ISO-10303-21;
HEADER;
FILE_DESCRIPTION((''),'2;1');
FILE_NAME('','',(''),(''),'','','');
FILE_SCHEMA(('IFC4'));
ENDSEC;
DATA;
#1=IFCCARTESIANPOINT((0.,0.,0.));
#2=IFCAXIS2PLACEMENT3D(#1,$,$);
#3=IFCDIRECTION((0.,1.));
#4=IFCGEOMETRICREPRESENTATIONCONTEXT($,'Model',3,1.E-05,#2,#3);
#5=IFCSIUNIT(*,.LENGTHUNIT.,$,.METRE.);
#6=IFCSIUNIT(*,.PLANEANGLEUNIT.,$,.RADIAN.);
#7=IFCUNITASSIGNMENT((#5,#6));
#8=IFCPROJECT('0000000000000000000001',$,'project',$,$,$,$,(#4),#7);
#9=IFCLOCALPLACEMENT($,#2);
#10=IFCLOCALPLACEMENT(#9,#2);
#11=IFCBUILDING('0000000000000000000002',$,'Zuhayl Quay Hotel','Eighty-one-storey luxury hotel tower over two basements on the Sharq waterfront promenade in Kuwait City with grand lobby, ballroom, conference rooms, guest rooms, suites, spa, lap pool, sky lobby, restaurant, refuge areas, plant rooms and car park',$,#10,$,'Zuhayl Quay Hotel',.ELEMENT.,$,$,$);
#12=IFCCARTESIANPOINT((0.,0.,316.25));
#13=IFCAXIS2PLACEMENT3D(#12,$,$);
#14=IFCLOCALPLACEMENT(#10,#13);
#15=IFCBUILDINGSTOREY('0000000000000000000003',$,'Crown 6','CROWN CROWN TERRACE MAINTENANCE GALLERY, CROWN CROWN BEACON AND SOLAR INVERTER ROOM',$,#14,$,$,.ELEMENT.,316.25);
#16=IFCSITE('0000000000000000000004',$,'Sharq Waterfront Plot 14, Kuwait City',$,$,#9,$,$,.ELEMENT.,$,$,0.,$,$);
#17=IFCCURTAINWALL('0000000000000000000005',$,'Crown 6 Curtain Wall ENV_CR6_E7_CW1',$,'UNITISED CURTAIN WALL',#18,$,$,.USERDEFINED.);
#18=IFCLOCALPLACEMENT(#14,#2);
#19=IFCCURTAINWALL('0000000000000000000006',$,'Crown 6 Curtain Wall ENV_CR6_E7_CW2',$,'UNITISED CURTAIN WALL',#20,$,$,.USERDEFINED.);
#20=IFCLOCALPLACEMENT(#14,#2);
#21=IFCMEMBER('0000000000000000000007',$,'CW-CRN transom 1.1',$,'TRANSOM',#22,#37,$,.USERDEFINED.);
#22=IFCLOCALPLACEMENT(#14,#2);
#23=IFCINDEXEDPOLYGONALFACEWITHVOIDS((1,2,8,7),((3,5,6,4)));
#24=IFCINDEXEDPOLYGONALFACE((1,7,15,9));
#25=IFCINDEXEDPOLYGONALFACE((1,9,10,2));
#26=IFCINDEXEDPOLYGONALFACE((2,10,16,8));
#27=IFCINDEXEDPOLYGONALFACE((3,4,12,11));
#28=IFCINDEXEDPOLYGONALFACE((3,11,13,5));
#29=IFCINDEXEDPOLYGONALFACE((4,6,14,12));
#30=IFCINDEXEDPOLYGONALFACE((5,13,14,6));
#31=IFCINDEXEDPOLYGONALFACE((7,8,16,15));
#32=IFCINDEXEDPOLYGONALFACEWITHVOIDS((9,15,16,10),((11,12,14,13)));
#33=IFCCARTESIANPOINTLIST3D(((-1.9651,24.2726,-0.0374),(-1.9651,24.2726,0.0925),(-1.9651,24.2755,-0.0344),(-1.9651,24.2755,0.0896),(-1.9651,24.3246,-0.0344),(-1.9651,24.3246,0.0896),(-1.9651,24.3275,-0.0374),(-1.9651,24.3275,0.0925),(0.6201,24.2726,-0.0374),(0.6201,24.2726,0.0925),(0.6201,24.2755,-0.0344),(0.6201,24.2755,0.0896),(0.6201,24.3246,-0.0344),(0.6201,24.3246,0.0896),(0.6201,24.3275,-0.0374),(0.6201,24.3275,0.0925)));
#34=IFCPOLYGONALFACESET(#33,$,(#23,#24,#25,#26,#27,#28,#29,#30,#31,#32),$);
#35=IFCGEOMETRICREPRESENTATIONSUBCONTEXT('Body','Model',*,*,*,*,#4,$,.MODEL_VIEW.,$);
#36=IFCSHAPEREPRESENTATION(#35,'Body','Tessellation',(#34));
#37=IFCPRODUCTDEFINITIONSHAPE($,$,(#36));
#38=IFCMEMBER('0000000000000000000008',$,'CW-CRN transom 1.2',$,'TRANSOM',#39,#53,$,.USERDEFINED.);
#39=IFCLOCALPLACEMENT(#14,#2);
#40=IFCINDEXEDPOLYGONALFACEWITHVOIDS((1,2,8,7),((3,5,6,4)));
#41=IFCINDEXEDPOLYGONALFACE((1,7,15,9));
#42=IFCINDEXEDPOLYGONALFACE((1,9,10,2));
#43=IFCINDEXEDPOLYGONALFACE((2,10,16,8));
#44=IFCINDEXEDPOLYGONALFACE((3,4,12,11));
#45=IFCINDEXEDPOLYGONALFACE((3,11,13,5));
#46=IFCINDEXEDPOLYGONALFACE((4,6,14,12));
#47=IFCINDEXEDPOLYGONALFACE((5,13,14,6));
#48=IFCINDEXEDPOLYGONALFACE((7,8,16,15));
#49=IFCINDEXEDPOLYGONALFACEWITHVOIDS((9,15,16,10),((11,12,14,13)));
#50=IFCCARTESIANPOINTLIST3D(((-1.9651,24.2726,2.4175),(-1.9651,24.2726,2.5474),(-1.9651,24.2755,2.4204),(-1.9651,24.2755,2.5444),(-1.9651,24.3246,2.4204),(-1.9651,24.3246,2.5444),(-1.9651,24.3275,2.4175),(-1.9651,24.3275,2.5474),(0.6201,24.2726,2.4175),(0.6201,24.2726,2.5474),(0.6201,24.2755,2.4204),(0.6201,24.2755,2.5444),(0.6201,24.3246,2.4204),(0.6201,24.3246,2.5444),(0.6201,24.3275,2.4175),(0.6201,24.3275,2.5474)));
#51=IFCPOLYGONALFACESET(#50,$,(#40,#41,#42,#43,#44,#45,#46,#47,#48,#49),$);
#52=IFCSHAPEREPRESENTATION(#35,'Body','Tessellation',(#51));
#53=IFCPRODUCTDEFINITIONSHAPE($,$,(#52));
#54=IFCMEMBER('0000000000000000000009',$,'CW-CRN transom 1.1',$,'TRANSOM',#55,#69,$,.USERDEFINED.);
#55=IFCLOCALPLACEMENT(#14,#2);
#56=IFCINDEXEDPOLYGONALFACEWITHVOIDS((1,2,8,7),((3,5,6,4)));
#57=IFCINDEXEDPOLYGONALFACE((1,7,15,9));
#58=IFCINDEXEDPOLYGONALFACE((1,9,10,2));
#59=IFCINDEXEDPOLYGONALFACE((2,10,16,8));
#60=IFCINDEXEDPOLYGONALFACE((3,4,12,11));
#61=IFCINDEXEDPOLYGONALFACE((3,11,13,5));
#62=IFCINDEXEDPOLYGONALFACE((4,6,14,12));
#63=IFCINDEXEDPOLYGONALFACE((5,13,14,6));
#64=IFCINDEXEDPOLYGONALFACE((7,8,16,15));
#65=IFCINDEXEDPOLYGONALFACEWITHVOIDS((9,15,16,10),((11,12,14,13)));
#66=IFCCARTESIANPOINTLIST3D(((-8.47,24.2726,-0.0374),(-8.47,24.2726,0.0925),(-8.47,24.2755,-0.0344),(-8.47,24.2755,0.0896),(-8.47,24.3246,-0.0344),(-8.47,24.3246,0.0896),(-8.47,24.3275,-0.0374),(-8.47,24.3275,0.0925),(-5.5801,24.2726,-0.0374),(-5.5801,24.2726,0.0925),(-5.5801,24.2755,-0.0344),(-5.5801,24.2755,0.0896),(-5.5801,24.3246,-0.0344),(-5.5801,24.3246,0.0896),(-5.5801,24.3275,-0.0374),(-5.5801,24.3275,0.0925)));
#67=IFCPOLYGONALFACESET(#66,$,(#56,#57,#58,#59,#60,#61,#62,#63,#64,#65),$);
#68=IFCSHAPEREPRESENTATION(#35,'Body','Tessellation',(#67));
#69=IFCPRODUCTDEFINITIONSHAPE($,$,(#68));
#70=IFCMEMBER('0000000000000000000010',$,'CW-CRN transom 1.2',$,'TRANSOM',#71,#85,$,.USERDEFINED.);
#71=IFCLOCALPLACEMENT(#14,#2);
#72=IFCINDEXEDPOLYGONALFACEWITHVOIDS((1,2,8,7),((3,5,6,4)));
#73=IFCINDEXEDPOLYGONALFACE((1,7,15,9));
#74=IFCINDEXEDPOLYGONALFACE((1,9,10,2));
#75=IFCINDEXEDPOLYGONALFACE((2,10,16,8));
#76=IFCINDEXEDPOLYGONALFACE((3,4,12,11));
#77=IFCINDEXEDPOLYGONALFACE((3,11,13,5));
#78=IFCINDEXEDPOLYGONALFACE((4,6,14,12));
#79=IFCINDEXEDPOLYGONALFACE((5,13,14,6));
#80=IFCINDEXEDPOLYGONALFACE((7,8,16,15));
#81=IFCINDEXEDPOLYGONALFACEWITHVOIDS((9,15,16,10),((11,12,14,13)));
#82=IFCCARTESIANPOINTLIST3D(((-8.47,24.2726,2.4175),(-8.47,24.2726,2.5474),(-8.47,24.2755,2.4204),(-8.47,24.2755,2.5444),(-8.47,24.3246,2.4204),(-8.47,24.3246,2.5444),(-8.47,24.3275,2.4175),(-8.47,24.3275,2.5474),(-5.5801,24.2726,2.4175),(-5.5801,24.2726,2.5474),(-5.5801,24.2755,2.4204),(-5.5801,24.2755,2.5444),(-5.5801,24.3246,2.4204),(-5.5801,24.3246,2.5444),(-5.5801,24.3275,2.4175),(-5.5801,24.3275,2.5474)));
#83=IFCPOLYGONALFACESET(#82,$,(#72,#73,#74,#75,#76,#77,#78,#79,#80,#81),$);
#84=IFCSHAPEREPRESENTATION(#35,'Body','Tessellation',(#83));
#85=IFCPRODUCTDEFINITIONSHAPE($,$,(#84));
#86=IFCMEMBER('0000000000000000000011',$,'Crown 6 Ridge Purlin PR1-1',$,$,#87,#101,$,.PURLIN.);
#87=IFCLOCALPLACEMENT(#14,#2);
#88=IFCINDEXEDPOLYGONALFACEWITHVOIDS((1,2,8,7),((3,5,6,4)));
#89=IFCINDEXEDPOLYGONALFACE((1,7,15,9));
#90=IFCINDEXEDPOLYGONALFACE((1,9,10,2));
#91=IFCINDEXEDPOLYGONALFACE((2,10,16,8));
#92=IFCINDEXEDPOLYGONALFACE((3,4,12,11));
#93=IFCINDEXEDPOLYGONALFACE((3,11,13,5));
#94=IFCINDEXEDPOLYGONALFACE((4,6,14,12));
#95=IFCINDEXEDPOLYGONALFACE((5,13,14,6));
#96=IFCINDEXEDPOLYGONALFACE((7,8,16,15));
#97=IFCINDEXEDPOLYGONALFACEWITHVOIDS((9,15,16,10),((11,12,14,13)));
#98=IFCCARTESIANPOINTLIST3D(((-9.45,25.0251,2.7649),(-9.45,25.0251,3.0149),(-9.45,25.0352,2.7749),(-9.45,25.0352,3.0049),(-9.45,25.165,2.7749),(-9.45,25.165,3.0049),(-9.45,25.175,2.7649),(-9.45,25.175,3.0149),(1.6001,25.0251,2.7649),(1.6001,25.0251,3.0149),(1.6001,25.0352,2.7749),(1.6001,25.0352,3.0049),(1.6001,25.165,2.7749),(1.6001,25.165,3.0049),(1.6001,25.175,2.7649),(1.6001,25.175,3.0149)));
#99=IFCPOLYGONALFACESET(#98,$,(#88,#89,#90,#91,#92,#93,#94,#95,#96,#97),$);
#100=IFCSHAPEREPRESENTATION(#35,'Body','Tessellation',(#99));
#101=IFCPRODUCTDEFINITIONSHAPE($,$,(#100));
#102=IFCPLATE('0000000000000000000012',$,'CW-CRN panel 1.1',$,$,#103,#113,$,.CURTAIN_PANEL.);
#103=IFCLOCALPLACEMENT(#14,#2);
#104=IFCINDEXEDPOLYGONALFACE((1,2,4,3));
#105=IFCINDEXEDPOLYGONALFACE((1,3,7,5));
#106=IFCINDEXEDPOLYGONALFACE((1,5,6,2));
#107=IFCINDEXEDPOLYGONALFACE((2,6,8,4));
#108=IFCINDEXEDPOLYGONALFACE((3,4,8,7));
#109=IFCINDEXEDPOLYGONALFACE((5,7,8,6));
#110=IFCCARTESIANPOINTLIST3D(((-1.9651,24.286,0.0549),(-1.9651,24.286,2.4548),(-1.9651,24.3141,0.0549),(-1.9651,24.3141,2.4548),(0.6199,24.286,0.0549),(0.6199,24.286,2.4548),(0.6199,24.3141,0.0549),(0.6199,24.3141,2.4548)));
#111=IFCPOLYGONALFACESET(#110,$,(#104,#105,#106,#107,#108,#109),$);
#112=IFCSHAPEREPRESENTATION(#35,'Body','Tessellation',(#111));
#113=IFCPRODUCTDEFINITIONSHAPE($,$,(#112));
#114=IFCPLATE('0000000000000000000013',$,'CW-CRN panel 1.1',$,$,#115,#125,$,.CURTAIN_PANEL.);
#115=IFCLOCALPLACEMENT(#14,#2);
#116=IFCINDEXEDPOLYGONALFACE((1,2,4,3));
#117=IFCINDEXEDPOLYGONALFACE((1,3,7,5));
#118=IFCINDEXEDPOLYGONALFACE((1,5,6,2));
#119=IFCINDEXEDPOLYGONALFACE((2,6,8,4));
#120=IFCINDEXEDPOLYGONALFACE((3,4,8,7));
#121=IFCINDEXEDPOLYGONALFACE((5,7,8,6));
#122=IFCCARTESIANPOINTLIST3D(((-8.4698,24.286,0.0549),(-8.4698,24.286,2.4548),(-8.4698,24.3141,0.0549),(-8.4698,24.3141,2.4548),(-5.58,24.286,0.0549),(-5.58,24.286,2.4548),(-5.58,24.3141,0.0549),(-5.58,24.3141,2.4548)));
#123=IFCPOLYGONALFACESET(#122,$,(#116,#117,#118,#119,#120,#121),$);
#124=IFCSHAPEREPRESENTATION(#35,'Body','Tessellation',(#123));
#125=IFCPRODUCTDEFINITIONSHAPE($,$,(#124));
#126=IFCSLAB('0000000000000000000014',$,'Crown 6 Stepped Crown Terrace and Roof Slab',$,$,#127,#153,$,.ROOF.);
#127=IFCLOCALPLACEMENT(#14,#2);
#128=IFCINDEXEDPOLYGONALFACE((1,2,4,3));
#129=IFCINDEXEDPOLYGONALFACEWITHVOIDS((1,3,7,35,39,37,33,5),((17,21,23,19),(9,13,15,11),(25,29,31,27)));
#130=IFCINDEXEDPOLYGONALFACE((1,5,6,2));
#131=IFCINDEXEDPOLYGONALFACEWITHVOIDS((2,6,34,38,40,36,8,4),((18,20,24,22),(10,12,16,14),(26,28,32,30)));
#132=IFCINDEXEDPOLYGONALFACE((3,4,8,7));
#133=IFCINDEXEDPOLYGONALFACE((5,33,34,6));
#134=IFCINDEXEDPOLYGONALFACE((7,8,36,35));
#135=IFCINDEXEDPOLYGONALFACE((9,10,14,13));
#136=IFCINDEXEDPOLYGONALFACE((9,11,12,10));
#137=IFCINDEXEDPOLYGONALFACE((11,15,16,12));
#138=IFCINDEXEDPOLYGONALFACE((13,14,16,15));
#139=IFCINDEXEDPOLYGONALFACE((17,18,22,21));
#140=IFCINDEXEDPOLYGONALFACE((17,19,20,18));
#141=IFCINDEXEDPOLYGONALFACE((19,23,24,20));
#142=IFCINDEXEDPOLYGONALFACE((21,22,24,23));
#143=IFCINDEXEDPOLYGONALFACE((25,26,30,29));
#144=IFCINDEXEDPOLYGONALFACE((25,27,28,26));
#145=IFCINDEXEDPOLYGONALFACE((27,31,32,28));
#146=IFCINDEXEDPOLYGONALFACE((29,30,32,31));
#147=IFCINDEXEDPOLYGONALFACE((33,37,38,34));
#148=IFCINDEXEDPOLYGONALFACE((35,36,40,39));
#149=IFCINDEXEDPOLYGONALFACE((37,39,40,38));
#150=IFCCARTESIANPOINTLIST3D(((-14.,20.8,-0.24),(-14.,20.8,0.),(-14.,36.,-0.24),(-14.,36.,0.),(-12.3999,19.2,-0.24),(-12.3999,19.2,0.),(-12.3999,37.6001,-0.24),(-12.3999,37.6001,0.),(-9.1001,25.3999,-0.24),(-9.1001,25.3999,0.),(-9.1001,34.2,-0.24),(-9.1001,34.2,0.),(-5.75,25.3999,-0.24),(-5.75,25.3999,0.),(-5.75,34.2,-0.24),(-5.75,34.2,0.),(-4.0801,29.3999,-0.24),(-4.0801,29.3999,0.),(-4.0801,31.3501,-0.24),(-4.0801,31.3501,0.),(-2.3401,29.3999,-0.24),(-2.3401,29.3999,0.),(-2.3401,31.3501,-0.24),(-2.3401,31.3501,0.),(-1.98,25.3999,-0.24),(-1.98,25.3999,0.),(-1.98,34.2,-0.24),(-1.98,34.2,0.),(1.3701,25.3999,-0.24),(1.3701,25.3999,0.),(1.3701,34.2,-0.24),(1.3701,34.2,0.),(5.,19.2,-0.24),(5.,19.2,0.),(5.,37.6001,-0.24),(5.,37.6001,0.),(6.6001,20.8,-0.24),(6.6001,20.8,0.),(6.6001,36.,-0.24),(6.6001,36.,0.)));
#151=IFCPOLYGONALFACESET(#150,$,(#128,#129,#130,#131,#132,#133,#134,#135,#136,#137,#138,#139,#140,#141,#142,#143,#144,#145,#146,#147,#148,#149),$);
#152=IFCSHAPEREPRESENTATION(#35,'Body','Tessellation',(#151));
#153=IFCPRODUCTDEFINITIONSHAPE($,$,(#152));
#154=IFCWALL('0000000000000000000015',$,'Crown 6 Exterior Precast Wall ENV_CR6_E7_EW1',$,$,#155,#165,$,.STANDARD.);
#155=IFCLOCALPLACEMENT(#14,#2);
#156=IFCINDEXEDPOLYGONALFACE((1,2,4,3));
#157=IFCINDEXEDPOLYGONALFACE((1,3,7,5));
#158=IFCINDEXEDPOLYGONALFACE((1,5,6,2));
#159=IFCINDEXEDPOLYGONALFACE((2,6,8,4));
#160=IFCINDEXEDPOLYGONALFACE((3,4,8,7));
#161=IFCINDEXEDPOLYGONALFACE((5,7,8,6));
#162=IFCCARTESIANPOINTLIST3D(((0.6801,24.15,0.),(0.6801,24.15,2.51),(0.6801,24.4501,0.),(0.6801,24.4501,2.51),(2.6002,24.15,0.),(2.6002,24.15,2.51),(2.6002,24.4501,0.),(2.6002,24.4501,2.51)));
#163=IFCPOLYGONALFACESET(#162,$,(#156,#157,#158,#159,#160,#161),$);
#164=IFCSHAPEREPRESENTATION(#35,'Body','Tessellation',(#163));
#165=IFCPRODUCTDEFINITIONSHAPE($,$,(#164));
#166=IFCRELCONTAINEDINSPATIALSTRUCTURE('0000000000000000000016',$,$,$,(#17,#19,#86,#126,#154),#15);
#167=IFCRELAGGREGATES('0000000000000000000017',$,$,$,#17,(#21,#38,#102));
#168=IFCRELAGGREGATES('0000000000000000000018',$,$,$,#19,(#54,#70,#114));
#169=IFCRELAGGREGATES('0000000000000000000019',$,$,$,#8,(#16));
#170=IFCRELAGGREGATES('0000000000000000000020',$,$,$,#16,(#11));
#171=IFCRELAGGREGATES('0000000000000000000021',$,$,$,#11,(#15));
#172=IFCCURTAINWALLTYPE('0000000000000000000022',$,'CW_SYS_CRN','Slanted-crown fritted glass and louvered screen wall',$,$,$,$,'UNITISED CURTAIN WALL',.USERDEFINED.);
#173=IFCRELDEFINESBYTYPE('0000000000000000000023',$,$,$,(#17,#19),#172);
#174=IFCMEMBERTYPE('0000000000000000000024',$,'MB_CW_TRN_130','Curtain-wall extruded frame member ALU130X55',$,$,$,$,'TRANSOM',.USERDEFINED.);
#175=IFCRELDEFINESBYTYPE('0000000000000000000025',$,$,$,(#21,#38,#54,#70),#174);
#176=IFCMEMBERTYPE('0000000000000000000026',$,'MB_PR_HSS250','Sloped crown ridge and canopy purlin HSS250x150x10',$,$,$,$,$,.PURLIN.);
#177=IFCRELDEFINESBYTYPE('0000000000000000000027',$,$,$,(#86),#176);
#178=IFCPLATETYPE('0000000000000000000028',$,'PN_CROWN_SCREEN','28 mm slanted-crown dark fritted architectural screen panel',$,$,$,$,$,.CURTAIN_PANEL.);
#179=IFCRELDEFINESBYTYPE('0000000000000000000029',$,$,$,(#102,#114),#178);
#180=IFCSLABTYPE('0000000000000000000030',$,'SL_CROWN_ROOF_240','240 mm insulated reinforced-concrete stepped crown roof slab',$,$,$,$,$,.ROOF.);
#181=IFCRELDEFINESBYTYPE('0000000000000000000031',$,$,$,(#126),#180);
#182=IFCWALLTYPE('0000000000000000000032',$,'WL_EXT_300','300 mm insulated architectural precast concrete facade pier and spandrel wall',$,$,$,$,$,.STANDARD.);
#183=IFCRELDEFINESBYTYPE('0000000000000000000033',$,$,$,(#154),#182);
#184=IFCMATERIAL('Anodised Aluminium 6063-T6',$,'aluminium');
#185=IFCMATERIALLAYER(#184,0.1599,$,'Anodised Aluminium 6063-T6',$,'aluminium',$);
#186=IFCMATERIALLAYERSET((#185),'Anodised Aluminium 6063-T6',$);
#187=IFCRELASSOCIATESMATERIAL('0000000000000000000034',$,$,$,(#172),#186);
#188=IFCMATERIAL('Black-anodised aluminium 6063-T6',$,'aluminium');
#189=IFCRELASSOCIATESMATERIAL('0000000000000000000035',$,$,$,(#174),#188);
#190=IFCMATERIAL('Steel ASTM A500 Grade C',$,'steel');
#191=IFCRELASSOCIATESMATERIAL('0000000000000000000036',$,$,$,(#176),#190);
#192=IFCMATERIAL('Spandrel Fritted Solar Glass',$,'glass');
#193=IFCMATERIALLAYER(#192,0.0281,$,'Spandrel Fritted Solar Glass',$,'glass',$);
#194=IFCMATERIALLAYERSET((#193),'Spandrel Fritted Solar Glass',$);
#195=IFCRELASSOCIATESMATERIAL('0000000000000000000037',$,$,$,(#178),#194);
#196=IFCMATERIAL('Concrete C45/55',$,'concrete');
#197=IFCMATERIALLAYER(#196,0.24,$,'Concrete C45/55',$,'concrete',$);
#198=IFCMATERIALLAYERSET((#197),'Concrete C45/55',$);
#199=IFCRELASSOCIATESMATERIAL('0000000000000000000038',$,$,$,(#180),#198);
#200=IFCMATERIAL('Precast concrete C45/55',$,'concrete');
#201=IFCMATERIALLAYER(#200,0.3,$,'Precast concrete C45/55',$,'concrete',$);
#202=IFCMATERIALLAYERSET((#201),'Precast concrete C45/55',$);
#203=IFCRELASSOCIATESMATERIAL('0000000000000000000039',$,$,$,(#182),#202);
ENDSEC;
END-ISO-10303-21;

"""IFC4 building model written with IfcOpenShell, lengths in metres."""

from ifc_helpers import new_model, si_unit, direction, frame, frame_2d, origin, origin_2d, place, context, subcontext, project, spatial, polyline, rectangle, hollow_rectangle, outline, extrude, material, layer, layer_set, material_profile, profile_set, type_object, element, aggregate, save


model = new_model("IFC4")

# Units and contexts
model_context = context("Model", 3, precision=1e-05, world=origin(), true_north=direction((0.0, 1.0)))
body_context = subcontext(model_context, "Body", "Model", "MODEL_VIEW")
ifc_project = project(units=[si_unit("LENGTHUNIT", "METRE"), si_unit("PLANEANGLEUNIT", "RADIAN")], contexts=[model_context])

# Site, building, storey
site_placement = place(None, origin())
site = spatial("IfcSite", under=ifc_project, at=site_placement, Name="Sharq Waterfront Plot 14, Kuwait City", CompositionType="ELEMENT", RefElevation=0.0)
building_placement = place(site_placement, origin())
building = spatial("IfcBuilding", under=site, at=building_placement, Name="Zuhayl Quay Hotel", Description="Eighty-one-storey luxury hotel tower over two basements on the Sharq waterfront promenade in Kuwait City with grand lobby, ballroom, conference rooms, guest rooms, suites, spa, lap pool, sky lobby, restaurant, refuge areas, plant rooms and car park", LongName="Zuhayl Quay Hotel", CompositionType="ELEMENT")
storey_placement = place(building_placement, frame((0.0, 0.0, 316.25)))
storey = spatial("IfcBuildingStorey", under=building, at=storey_placement, Name="Crown 6", Description="CROWN CROWN TERRACE MAINTENANCE GALLERY, CROWN CROWN BEACON AND SOLAR INVERTER ROOM", CompositionType="ELEMENT", Elevation=316.25)

# Curtain walls
ifc_material_1 = material(Name="Anodised Aluminium 6063-T6", Category="aluminium")
ifc_layer_1 = layer(ifc_material_1, 0.1599, Name="Anodised Aluminium 6063-T6", Category="aluminium")
ifc_layer_set_1 = layer_set([ifc_layer_1], Name="Anodised Aluminium 6063-T6")
curtain_wall_type = type_object("IfcCurtainWallType", Name="CW_SYS_CRN", Description="Slanted-crown fritted glass and louvered screen wall", ElementType="UNITISED CURTAIN WALL", PredefinedType="USERDEFINED", material=ifc_layer_set_1)
curtain_wall_1_placement = place(storey_placement, origin())
curtain_wall_1 = element("IfcCurtainWall", 1, at=curtain_wall_1_placement, inside=storey, type_object=curtain_wall_type, Name="Crown 6 Curtain Wall ENV_CR6_E7_CW1", ObjectType="UNITISED CURTAIN WALL", PredefinedType="USERDEFINED")
ifc_material_2 = material(Name="Black-anodised aluminium 6063-T6", Category="aluminium")
curtain_wall_2_placement = place(storey_placement, origin())
curtain_wall_2 = element("IfcCurtainWall", 2, at=curtain_wall_2_placement, inside=storey, type_object=curtain_wall_type, Name="Crown 6 Curtain Wall ENV_CR6_E7_CW2", ObjectType="UNITISED CURTAIN WALL", PredefinedType="USERDEFINED")

# Members
ifc_material_profile_1 = material_profile(ifc_material_2, hollow_rectangle(XDim=0.0549, YDim=0.1299, WallThickness=0.0029, at=origin_2d()), Name="ALU130X55")
ifc_profile_set_1 = profile_set([ifc_material_profile_1], Name="Black-anodised aluminium 6063-T6")
member_type_1 = type_object("IfcMemberType", Name="MB_CW_TRN_130", Description="Curtain-wall extruded frame member ALU130X55", ElementType="TRANSOM", PredefinedType="USERDEFINED", material=ifc_profile_set_1)
member_1_placement = place(storey_placement, frame((0.6201, 24.3, 0.0276), z_axis=(-1.0, 0.0, 0.0), x_axis=(0.0, -1.0, 0.0)))
member_1 = element("IfcMember", 3, at=member_1_placement, type_object=member_type_1, Name="CW-CRN transom 1.1", ObjectType="TRANSOM", PredefinedType="USERDEFINED", context=body_context, shape_type="SweptSolid", body=[
    extrude(hollow_rectangle(XDim=0.0549, YDim=0.1299, WallThickness=0.0029, at=origin_2d()), origin(), (0.0, 0.0, 1.0), 2.5852),
])
member_2_placement = place(storey_placement, frame((0.6201, 24.3, 2.4824), z_axis=(-1.0, 0.0, 0.0), x_axis=(0.0, -1.0, 0.0)))
member_2 = element("IfcMember", 4, at=member_2_placement, type_object=member_type_1, Name="CW-CRN transom 1.2", ObjectType="TRANSOM", PredefinedType="USERDEFINED", context=body_context, shape_type="SweptSolid", body=[
    extrude(hollow_rectangle(XDim=0.0549, YDim=0.1299, WallThickness=0.0029, at=origin_2d()), origin(), (0.0, 0.0, 1.0), 2.5852),
])
member_3_placement = place(storey_placement, frame((-5.5801, 24.3, 0.0276), z_axis=(-1.0, 0.0, 0.0), x_axis=(0.0, -1.0, 0.0)))
member_3 = element("IfcMember", 5, at=member_3_placement, type_object=member_type_1, Name="CW-CRN transom 1.1", ObjectType="TRANSOM", PredefinedType="USERDEFINED", context=body_context, shape_type="SweptSolid", body=[
    extrude(hollow_rectangle(XDim=0.0549, YDim=0.1299, WallThickness=0.0029, at=origin_2d()), origin(), (0.0, 0.0, 1.0), 2.8899),
])
member_4_placement = place(storey_placement, frame((-5.5801, 24.3, 2.4824), z_axis=(-1.0, 0.0, 0.0), x_axis=(0.0, -1.0, 0.0)))
member_4 = element("IfcMember", 6, at=member_4_placement, type_object=member_type_1, Name="CW-CRN transom 1.2", ObjectType="TRANSOM", PredefinedType="USERDEFINED", context=body_context, shape_type="SweptSolid", body=[
    extrude(hollow_rectangle(XDim=0.0549, YDim=0.1299, WallThickness=0.0029, at=origin_2d()), origin(), (0.0, 0.0, 1.0), 2.8899),
])
ifc_material_3 = material(Name="Steel ASTM A500 Grade C", Category="steel")
ifc_material_profile_2 = material_profile(ifc_material_3, hollow_rectangle(XDim=0.1499, YDim=0.25, WallThickness=0.01, at=origin_2d()), Name="HSS250X150X10")
ifc_profile_set_2 = profile_set([ifc_material_profile_2], Name="Steel ASTM A500 Grade C")
member_type_2 = type_object("IfcMemberType", Name="MB_PR_HSS250", Description="Sloped crown ridge and canopy purlin HSS250x150x10", PredefinedType="PURLIN", material=ifc_profile_set_2)
member_5_placement = place(storey_placement, frame((-9.45, 25.1001, 2.8899), z_axis=(1.0, 0.0, 0.0), x_axis=(0.0, 1.0, 0.0)))
element("IfcMember", 7, at=member_5_placement, inside=storey, type_object=member_type_2, Name="Crown 6 Ridge Purlin PR1-1", PredefinedType="PURLIN", context=body_context, shape_type="SweptSolid", body=[
    extrude(hollow_rectangle(XDim=0.1499, YDim=0.25, WallThickness=0.01, at=origin_2d()), origin(), (0.0, 0.0, 1.0), 11.05),
])

# Plates
ifc_material_4 = material(Name="Spandrel Fritted Solar Glass", Category="glass")
ifc_layer_2 = layer(ifc_material_4, 0.0281, Name="Spandrel Fritted Solar Glass", Category="glass")
ifc_layer_set_2 = layer_set([ifc_layer_2], Name="Spandrel Fritted Solar Glass")
plate_type = type_object("IfcPlateType", Name="PN_CROWN_SCREEN", Description="28 mm slanted-crown dark fritted architectural screen panel", PredefinedType="CURTAIN_PANEL", material=ifc_layer_set_2)
plate_1_placement = place(storey_placement, frame((-0.6726, 24.3, 0.0549), z_axis=(0.0, 0.0, 1.0), x_axis=(-1.0, 0.0, 0.0)))
plate_1 = element("IfcPlate", 8, at=plate_1_placement, type_object=plate_type, Name="CW-CRN panel 1.1", PredefinedType="CURTAIN_PANEL", context=body_context, shape_type="SweptSolid", body=[
    extrude(rectangle(XDim=2.585, YDim=0.0281, at=origin_2d()), origin(), (0.0, 0.0, 1.0), 2.3999),
])
aggregate(curtain_wall_1, [member_1, member_2, plate_1])
plate_2_placement = place(storey_placement, frame((-7.0249, 24.3, 0.0549), z_axis=(0.0, 0.0, 1.0), x_axis=(-1.0, 0.0, 0.0)))
plate_2 = element("IfcPlate", 9, at=plate_2_placement, type_object=plate_type, Name="CW-CRN panel 1.1", PredefinedType="CURTAIN_PANEL", context=body_context, shape_type="SweptSolid", body=[
    extrude(rectangle(XDim=2.8899, YDim=0.0281, at=origin_2d()), origin(), (0.0, 0.0, 1.0), 2.3999),
])
aggregate(curtain_wall_2, [member_3, member_4, plate_2])

# Slab
ifc_material_5 = material(Name="Concrete C45/55", Category="concrete")
ifc_layer_3 = layer(ifc_material_5, 0.24, Name="Concrete C45/55", Category="concrete")
ifc_layer_set_3 = layer_set([ifc_layer_3], Name="Concrete C45/55")
slab_type = type_object("IfcSlabType", Name="SL_CROWN_ROOF_240", Description="240 mm insulated reinforced-concrete stepped crown roof slab", PredefinedType="ROOF", material=ifc_layer_set_3)
slab_placement = place(storey_placement, frame((0.0, 0.0, -0.24)))
element("IfcSlab", 10, at=slab_placement, inside=storey, type_object=slab_type, Name="Crown 6 Stepped Crown Terrace and Roof Slab", PredefinedType="ROOF", context=body_context, shape_type="SweptSolid", body=[
    extrude(outline(polyline([(-12.3999, 19.2), (5.0, 19.2), (6.6001, 20.8), (6.6001, 36.0), (5.0, 37.6001), (-12.3999, 37.6001), (-14.0, 36.0), (-14.0, 20.8), (-12.3999, 19.2)]), holes=[polyline([(-5.75, 25.3999), (-5.75, 34.2), (-9.1001, 34.2), (-9.1001, 25.3999), (-5.75, 25.3999)]), polyline([(1.3701, 25.3999), (1.3701, 34.2), (-1.98, 34.2), (-1.98, 25.3999), (1.3701, 25.3999)]), polyline([(-4.0801, 29.3999), (-2.3401, 29.3999), (-2.3401, 31.3501), (-4.0801, 31.3501), (-4.0801, 29.3999)])]), origin(), (0.0, 0.0, 1.0), 0.24),
])

# Wall
ifc_material_6 = material(Name="Precast concrete C45/55", Category="concrete")
ifc_layer_4 = layer(ifc_material_6, 0.3, Name="Precast concrete C45/55", Category="concrete")
ifc_layer_set_4 = layer_set([ifc_layer_4], Name="Precast concrete C45/55")
wall_type_1 = type_object("IfcWallType", Name="WL_EXT_300", Description="300 mm insulated architectural precast concrete facade pier and spandrel wall", PredefinedType="STANDARD", material=ifc_layer_set_4)
wall_1_placement = place(storey_placement, frame((2.6001, 24.3, 0.0), z_axis=(0.0, 0.0, 1.0), x_axis=(-1.0, 0.0, 0.0)))
element("IfcWall", 11, at=wall_1_placement, inside=storey, type_object=wall_type_1, Name="Crown 6 Exterior Precast Wall ENV_CR6_E7_EW1", PredefinedType="STANDARD", context=body_context, shape_type="SweptSolid", body=[
    extrude(rectangle(XDim=1.9202, YDim=0.3, at=frame_2d((0.96, 0.0))), origin(), (0.0, 0.0, 1.0), 2.51),
])

save(model, "model.ifc")
